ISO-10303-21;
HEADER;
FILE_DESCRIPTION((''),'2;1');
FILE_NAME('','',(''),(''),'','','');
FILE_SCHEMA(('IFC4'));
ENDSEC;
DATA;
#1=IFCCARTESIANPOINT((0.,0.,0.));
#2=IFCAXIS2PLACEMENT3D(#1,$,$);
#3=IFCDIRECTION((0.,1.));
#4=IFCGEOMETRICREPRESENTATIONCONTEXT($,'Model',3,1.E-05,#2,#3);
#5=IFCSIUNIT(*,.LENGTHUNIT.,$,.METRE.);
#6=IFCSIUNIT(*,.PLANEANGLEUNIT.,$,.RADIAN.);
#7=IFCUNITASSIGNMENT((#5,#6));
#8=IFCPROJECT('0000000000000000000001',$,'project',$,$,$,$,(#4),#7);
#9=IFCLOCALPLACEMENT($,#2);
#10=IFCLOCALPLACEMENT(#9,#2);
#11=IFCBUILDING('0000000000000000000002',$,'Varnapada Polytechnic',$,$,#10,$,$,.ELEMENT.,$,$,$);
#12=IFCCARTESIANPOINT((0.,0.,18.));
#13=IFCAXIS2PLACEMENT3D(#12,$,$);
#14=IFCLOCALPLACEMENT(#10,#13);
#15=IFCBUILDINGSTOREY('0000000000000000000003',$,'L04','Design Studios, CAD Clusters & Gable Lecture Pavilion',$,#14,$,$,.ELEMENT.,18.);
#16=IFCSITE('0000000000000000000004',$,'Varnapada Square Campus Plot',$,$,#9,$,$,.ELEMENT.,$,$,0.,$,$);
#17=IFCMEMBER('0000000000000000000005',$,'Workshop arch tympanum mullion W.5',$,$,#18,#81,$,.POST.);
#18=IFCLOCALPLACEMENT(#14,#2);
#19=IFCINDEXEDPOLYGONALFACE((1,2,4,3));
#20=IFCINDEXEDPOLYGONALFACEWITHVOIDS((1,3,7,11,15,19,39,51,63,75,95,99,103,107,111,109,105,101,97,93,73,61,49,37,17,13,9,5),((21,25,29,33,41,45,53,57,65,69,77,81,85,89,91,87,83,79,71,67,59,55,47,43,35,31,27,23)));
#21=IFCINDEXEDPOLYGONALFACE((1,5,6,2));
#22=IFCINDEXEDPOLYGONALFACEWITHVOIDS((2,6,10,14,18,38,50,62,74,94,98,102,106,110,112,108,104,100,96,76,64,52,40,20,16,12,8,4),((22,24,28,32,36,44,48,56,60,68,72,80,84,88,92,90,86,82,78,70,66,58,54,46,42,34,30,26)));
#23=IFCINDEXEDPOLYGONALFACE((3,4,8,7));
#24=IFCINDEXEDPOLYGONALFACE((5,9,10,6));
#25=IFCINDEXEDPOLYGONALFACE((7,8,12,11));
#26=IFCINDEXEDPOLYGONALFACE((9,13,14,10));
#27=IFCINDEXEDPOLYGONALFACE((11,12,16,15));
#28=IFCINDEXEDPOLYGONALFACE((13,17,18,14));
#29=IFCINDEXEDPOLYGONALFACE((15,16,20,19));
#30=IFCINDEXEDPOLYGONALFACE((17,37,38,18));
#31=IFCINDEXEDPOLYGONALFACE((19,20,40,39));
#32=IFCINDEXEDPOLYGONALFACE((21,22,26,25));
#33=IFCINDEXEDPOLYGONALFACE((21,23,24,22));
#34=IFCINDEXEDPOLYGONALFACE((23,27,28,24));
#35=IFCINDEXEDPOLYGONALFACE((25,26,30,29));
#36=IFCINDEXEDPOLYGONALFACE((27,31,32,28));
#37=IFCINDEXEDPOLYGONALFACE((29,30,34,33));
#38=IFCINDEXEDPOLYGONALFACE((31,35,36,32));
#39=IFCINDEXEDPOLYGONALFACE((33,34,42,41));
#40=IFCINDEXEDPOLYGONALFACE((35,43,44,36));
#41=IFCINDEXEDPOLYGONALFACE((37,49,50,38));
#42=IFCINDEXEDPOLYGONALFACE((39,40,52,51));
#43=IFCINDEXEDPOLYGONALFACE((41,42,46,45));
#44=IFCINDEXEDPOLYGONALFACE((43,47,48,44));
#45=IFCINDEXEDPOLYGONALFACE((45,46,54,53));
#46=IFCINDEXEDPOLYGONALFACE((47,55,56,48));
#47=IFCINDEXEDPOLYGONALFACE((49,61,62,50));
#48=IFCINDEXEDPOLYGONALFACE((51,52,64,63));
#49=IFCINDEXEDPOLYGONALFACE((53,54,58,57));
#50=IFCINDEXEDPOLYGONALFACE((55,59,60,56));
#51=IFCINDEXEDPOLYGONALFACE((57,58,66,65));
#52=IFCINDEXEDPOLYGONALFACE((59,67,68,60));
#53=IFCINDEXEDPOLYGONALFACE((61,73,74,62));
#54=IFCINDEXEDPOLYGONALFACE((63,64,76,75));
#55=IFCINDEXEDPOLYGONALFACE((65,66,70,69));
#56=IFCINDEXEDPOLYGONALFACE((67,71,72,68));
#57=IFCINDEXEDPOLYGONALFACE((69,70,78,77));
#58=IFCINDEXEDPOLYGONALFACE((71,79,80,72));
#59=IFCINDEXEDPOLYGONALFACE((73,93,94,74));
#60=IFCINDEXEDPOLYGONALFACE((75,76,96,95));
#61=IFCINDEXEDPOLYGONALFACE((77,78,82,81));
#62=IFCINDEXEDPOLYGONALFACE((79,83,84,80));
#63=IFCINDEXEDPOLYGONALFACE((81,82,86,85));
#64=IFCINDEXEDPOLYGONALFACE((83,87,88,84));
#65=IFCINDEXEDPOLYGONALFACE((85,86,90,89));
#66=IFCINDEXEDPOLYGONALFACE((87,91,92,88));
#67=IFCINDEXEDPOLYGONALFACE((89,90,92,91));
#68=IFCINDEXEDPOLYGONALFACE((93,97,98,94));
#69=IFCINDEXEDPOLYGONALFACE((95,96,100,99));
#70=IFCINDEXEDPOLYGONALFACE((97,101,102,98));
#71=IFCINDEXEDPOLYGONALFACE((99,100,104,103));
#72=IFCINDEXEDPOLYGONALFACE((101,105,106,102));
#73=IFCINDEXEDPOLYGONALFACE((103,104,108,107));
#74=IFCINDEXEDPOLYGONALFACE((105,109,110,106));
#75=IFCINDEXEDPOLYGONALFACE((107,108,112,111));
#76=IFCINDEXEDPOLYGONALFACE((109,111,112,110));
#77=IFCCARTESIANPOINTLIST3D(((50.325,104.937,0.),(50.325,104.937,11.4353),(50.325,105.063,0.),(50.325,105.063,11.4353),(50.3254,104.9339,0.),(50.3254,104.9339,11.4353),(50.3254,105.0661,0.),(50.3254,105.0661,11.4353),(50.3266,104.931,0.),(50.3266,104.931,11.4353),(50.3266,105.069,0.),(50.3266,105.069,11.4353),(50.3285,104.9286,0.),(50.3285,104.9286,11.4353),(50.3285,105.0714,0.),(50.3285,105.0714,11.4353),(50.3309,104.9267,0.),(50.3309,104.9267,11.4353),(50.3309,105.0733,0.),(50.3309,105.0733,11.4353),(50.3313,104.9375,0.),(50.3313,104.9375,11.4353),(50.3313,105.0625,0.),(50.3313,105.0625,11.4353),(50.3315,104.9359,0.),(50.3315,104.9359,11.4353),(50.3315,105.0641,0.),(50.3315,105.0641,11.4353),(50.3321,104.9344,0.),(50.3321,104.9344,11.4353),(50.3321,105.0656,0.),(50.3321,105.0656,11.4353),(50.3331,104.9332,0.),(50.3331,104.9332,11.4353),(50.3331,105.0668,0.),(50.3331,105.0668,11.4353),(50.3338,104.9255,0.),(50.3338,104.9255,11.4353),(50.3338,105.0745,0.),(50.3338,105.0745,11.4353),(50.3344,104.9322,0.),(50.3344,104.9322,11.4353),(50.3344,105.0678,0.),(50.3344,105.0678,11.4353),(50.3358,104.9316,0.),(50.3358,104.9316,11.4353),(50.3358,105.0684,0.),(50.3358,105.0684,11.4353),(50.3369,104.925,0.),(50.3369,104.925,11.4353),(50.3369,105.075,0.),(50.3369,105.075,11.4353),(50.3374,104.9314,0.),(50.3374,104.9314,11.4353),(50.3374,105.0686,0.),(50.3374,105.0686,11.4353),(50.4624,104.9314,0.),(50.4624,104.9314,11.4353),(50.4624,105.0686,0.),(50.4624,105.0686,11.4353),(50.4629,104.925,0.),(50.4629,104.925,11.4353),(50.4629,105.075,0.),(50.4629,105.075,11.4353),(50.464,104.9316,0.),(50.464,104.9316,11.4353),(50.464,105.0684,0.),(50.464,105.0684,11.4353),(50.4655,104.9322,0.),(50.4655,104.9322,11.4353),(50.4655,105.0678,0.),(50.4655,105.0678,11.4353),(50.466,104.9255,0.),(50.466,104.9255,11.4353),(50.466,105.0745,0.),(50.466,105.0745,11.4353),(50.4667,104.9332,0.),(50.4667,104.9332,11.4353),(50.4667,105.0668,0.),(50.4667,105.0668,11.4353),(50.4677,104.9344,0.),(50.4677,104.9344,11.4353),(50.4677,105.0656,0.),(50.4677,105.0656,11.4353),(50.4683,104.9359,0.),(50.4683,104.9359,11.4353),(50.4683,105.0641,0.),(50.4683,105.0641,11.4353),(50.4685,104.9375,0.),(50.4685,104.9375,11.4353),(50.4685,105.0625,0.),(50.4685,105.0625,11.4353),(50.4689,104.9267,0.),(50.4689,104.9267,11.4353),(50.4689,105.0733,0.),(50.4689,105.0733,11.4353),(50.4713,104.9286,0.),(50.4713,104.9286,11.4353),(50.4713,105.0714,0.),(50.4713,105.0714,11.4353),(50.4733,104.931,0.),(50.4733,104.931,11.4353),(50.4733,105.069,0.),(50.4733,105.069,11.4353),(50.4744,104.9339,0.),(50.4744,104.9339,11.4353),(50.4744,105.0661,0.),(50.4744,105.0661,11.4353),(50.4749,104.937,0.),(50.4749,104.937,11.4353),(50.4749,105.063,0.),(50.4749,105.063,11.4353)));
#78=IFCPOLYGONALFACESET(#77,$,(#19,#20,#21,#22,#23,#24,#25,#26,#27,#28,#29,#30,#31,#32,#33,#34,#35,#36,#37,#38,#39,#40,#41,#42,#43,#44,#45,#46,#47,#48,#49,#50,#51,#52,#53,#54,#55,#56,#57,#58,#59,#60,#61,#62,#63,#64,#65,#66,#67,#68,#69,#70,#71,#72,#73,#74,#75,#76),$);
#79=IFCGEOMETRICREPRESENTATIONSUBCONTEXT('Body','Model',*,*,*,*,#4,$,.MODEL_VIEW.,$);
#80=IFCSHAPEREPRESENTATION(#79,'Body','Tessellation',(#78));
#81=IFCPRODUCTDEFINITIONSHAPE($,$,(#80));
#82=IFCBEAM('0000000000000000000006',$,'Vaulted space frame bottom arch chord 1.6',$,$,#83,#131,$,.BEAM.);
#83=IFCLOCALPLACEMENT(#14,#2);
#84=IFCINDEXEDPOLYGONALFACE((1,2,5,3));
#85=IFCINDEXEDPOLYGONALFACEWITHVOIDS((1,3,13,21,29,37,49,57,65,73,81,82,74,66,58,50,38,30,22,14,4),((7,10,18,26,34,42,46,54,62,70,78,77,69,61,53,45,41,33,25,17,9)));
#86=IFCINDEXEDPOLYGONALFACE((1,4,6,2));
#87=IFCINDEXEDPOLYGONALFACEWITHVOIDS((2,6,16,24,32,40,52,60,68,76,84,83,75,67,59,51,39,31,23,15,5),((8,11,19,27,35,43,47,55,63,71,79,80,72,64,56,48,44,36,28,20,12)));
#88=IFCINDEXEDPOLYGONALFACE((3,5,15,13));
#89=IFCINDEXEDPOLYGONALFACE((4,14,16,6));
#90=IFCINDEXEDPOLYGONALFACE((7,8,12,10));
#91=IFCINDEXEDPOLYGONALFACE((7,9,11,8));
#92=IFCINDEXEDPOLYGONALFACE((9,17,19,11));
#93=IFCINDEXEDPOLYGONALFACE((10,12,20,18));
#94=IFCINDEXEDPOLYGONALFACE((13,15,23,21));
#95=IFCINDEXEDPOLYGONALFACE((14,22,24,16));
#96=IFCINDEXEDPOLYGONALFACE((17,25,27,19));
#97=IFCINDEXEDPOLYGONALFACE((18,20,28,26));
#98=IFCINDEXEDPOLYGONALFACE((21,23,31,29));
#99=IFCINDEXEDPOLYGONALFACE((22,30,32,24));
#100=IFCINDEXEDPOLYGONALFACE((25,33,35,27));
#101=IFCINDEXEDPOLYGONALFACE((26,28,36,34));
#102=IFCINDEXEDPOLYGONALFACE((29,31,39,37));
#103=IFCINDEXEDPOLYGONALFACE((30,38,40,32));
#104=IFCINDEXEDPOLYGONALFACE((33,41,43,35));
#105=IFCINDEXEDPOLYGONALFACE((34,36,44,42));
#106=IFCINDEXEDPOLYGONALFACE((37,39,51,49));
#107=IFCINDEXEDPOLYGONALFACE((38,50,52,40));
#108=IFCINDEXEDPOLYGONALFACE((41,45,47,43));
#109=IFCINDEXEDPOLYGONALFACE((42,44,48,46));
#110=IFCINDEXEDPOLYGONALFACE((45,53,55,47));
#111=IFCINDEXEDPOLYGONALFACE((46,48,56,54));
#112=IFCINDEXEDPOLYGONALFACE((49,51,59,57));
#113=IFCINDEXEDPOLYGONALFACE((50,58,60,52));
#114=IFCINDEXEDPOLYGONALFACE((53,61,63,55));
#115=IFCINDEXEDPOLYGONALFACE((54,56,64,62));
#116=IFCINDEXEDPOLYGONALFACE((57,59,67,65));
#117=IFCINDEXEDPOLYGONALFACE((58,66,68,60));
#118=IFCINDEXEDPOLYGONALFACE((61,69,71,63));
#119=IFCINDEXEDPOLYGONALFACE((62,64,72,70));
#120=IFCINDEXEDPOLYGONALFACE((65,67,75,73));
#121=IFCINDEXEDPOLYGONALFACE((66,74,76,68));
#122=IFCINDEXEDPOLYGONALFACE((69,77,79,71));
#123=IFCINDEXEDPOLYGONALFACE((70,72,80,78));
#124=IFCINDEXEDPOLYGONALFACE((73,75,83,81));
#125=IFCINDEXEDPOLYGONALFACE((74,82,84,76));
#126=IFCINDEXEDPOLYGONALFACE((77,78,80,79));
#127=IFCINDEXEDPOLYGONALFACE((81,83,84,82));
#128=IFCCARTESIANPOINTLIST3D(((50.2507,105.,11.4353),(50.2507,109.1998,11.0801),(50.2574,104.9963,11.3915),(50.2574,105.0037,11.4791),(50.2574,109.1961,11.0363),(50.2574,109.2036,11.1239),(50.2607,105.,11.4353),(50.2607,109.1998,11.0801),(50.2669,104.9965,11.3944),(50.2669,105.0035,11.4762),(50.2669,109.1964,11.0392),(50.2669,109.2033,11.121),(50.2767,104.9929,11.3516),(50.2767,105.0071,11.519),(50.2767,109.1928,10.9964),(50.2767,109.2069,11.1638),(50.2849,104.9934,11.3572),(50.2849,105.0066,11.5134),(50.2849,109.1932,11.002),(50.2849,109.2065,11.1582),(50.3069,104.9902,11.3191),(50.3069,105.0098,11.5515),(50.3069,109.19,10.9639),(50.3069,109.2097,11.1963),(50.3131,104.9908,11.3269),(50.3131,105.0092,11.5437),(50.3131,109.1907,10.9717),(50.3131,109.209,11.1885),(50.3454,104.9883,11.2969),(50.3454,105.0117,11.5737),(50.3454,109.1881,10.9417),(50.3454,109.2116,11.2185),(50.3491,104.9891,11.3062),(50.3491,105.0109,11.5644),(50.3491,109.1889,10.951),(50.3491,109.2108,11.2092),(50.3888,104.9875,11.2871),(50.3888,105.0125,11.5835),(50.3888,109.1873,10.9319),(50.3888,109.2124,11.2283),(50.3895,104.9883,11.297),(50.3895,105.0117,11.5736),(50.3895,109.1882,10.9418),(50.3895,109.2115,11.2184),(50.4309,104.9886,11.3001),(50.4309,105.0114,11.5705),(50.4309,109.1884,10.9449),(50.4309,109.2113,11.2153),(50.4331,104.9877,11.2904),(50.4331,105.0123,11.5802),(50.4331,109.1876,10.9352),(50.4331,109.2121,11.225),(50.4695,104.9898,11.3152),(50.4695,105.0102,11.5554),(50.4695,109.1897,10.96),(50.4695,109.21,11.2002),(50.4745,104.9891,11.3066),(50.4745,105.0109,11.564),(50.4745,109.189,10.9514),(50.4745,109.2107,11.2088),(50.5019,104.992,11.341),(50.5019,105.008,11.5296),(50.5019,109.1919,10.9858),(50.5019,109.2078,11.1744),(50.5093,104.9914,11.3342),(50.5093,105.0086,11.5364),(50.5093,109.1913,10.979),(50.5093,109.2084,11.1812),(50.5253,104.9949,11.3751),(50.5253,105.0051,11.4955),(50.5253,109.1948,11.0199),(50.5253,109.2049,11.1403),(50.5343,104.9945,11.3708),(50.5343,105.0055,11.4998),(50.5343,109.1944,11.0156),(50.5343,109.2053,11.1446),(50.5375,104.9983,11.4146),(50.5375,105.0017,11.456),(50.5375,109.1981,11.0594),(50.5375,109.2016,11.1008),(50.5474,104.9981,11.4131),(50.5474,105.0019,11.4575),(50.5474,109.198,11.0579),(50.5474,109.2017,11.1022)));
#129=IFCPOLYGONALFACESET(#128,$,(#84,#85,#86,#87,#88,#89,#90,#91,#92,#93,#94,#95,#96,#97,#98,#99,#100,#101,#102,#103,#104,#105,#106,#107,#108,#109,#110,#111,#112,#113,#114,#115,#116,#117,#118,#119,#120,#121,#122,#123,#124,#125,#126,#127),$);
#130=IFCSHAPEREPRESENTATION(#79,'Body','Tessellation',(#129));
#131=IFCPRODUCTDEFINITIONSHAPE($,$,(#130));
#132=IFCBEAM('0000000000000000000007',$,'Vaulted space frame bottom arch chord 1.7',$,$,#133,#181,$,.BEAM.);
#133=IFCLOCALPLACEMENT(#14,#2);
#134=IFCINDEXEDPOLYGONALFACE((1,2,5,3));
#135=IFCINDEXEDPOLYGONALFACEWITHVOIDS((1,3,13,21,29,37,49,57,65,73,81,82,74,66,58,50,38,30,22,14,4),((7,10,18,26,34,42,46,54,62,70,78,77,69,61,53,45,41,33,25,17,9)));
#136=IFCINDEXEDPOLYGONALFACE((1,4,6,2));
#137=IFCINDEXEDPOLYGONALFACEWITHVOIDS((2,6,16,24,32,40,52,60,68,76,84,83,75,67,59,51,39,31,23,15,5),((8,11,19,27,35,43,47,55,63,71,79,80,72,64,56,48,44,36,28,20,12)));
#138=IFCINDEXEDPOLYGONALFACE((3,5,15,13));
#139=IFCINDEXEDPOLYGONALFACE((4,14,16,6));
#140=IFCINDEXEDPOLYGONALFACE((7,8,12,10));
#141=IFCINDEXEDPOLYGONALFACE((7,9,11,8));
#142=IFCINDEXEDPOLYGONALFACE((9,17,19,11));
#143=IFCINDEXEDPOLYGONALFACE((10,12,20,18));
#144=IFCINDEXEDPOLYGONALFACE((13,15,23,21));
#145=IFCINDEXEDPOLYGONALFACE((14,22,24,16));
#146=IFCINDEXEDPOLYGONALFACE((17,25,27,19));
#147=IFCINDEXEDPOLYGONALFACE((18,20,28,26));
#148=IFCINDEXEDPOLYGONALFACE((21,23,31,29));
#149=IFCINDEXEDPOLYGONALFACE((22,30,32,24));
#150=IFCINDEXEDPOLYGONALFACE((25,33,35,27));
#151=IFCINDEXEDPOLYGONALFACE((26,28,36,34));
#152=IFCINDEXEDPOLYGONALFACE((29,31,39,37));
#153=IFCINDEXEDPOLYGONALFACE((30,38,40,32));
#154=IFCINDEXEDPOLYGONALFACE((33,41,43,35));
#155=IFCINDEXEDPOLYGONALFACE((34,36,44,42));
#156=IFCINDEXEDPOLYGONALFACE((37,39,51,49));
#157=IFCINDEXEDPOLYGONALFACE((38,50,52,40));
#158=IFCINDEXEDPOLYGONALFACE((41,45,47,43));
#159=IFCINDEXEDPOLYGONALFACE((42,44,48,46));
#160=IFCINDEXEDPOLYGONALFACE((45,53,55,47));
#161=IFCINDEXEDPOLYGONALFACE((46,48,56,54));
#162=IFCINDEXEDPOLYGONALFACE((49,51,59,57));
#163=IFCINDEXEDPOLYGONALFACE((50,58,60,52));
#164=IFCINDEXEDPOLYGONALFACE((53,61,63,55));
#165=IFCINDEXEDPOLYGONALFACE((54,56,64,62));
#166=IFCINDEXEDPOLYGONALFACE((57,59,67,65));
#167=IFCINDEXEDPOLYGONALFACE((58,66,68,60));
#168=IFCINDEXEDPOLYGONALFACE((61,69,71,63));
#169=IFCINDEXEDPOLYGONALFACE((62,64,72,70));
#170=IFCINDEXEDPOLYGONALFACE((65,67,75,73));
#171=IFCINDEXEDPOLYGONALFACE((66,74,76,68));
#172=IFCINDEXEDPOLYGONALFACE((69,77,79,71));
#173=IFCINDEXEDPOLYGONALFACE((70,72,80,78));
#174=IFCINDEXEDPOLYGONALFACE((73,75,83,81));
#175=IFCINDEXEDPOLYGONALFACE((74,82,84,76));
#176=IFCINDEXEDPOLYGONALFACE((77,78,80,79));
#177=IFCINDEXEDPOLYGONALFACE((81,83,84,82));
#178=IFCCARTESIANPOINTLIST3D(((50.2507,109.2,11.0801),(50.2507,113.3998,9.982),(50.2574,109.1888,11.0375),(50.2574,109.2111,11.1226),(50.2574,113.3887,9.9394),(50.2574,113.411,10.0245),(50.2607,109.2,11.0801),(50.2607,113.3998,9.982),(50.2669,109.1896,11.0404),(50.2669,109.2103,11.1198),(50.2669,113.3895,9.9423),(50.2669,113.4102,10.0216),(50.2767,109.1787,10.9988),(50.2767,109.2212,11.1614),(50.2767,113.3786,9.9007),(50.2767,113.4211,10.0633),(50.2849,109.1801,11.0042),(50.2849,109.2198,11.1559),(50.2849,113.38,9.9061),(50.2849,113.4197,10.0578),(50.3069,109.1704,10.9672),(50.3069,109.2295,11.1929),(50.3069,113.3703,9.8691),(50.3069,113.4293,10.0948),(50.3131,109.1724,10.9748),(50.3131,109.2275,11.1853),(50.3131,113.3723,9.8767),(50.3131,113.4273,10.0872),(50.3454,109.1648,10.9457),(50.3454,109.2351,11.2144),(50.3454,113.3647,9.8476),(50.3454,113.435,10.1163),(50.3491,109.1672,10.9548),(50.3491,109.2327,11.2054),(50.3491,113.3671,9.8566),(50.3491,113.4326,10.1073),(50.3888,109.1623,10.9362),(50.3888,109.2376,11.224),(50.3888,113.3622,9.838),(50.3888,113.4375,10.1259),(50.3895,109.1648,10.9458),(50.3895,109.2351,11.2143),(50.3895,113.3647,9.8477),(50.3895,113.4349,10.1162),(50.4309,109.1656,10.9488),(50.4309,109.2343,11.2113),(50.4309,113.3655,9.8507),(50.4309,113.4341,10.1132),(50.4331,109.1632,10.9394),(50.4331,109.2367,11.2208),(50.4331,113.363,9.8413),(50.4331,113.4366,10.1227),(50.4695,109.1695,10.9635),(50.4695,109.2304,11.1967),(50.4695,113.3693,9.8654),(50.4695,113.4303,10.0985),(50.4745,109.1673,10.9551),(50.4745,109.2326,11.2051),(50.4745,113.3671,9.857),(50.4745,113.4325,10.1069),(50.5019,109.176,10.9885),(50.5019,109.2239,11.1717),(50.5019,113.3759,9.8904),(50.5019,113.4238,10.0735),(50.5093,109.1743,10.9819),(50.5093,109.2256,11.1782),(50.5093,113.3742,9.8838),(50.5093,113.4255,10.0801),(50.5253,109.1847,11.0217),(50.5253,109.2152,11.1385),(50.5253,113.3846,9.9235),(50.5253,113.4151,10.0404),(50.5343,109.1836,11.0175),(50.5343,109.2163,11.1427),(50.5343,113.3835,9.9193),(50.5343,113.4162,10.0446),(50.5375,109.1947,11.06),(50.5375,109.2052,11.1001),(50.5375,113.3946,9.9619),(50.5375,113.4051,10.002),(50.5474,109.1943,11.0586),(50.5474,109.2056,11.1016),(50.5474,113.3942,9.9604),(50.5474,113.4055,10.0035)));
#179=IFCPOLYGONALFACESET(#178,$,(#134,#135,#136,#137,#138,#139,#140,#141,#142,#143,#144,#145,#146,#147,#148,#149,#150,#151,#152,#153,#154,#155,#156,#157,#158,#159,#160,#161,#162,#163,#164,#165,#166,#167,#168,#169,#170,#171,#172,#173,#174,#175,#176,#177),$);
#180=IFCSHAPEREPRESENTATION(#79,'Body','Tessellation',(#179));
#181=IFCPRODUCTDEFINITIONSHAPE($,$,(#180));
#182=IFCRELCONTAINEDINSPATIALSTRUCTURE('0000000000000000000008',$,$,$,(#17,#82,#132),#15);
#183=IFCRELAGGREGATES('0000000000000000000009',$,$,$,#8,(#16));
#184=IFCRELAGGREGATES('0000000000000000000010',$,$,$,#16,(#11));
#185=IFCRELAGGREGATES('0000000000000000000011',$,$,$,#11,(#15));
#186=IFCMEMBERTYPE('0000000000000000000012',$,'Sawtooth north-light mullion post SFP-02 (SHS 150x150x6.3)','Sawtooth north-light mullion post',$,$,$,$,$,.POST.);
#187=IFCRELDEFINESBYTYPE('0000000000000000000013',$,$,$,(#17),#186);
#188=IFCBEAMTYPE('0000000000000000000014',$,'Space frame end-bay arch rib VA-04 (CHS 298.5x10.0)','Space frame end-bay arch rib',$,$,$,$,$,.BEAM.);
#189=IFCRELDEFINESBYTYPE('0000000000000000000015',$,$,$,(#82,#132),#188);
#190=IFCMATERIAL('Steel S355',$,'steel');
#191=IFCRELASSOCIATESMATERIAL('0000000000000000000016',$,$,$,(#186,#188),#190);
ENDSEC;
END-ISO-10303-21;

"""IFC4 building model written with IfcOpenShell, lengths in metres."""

from ifc_helpers import new_model, si_unit, direction, frame, origin, origin_2d, place, context, subcontext, project, spatial, hollow_rectangle, hollow_circle, extrude, material, material_profile, profile_set, type_object, element, save


model = new_model("IFC4")

# Units and contexts
model_context = context("Model", 3, precision=1e-05, world=origin(), true_north=direction((0.0, 1.0)))
body_context = subcontext(model_context, "Body", "Model", "MODEL_VIEW")
ifc_project = project(units=[si_unit("LENGTHUNIT", "METRE"), si_unit("PLANEANGLEUNIT", "RADIAN")], contexts=[model_context])

# Site, building, storey
site_placement = place(None, origin())
site = spatial("IfcSite", under=ifc_project, at=site_placement, Name="Varnapada Square Campus Plot", CompositionType="ELEMENT", RefElevation=0.0)
building_placement = place(site_placement, origin())
building = spatial("IfcBuilding", under=site, at=building_placement, Name="Varnapada Polytechnic", CompositionType="ELEMENT")
storey_placement = place(building_placement, frame((0.0, 0.0, 18.0)))
storey = spatial("IfcBuildingStorey", under=building, at=storey_placement, Name="L04", Description="Design Studios, CAD Clusters & Gable Lecture Pavilion", CompositionType="ELEMENT", Elevation=18.0)

# Member
ifc_material_1 = material(Name="Steel S355", Category="steel")
ifc_material_profile_1 = material_profile(ifc_material_1, hollow_rectangle(XDim=0.1499, YDim=0.1499, WallThickness=0.0063, InnerFilletRadius=0.0061, OuterFilletRadius=0.012, at=origin_2d()), Name="SHS 150x150x6.3")
ifc_profile_set_1 = profile_set([ifc_material_profile_1], Name="Steel S355")
member_type_1 = type_object("IfcMemberType", Name="Sawtooth north-light mullion post SFP-02 (SHS 150x150x6.3)", Description="Sawtooth north-light mullion post", PredefinedType="POST", material=ifc_profile_set_1)
member_1_placement = place(storey_placement, frame((50.3999, 105.0, 0.0), z_axis=(0.0, 0.0, 1.0), x_axis=(1.0, 0.0, 0.0)))
element("IfcMember", 1, at=member_1_placement, inside=storey, type_object=member_type_1, Name="Workshop arch tympanum mullion W.5", PredefinedType="POST", context=body_context, shape_type="SweptSolid", body=[
    extrude(hollow_rectangle(XDim=0.1499, YDim=0.1499, WallThickness=0.0063, InnerFilletRadius=0.0061, OuterFilletRadius=0.012, at=origin_2d()), origin(), (0.0, 0.0, 1.0), 11.4353),
])

# Beams
ifc_material_profile_2 = material_profile(ifc_material_1, hollow_circle(Radius=0.1492, WallThickness=0.01, at=origin_2d()), Name="CHS 298.5x10.0")
ifc_profile_set_2 = profile_set([ifc_material_profile_2], Name="Steel S355")
beam_type_1 = type_object("IfcBeamType", Name="Space frame end-bay arch rib VA-04 (CHS 298.5x10.0)", Description="Space frame end-bay arch rib", PredefinedType="BEAM", material=ifc_profile_set_2)
beam_1_placement = place(storey_placement, frame((50.3999, 105.0, 11.4353), z_axis=(0.0, 0.996442, -0.084277), x_axis=(-1.0, 0.0, 0.0)))
element("IfcBeam", 2, at=beam_1_placement, inside=storey, type_object=beam_type_1, Name="Vaulted space frame bottom arch chord 1.6", PredefinedType="BEAM", context=body_context, shape_type="SweptSolid", body=[
    extrude(hollow_circle(Radius=0.1492, WallThickness=0.01, at=origin_2d()), origin(), (0.0, 0.0, 1.0), 4.2148),
])
beam_2_placement = place(storey_placement, frame((50.3999, 109.2, 11.0801), z_axis=(0.0, 0.967476, -0.252962), x_axis=(-1.0, 0.0, 0.0)))
element("IfcBeam", 3, at=beam_2_placement, inside=storey, type_object=beam_type_1, Name="Vaulted space frame bottom arch chord 1.7", PredefinedType="BEAM", context=body_context, shape_type="SweptSolid", body=[
    extrude(hollow_circle(Radius=0.1492, WallThickness=0.01, at=origin_2d()), origin(), (0.0, 0.0, 1.0), 4.3411),
])

save(model, "model.ifc")
